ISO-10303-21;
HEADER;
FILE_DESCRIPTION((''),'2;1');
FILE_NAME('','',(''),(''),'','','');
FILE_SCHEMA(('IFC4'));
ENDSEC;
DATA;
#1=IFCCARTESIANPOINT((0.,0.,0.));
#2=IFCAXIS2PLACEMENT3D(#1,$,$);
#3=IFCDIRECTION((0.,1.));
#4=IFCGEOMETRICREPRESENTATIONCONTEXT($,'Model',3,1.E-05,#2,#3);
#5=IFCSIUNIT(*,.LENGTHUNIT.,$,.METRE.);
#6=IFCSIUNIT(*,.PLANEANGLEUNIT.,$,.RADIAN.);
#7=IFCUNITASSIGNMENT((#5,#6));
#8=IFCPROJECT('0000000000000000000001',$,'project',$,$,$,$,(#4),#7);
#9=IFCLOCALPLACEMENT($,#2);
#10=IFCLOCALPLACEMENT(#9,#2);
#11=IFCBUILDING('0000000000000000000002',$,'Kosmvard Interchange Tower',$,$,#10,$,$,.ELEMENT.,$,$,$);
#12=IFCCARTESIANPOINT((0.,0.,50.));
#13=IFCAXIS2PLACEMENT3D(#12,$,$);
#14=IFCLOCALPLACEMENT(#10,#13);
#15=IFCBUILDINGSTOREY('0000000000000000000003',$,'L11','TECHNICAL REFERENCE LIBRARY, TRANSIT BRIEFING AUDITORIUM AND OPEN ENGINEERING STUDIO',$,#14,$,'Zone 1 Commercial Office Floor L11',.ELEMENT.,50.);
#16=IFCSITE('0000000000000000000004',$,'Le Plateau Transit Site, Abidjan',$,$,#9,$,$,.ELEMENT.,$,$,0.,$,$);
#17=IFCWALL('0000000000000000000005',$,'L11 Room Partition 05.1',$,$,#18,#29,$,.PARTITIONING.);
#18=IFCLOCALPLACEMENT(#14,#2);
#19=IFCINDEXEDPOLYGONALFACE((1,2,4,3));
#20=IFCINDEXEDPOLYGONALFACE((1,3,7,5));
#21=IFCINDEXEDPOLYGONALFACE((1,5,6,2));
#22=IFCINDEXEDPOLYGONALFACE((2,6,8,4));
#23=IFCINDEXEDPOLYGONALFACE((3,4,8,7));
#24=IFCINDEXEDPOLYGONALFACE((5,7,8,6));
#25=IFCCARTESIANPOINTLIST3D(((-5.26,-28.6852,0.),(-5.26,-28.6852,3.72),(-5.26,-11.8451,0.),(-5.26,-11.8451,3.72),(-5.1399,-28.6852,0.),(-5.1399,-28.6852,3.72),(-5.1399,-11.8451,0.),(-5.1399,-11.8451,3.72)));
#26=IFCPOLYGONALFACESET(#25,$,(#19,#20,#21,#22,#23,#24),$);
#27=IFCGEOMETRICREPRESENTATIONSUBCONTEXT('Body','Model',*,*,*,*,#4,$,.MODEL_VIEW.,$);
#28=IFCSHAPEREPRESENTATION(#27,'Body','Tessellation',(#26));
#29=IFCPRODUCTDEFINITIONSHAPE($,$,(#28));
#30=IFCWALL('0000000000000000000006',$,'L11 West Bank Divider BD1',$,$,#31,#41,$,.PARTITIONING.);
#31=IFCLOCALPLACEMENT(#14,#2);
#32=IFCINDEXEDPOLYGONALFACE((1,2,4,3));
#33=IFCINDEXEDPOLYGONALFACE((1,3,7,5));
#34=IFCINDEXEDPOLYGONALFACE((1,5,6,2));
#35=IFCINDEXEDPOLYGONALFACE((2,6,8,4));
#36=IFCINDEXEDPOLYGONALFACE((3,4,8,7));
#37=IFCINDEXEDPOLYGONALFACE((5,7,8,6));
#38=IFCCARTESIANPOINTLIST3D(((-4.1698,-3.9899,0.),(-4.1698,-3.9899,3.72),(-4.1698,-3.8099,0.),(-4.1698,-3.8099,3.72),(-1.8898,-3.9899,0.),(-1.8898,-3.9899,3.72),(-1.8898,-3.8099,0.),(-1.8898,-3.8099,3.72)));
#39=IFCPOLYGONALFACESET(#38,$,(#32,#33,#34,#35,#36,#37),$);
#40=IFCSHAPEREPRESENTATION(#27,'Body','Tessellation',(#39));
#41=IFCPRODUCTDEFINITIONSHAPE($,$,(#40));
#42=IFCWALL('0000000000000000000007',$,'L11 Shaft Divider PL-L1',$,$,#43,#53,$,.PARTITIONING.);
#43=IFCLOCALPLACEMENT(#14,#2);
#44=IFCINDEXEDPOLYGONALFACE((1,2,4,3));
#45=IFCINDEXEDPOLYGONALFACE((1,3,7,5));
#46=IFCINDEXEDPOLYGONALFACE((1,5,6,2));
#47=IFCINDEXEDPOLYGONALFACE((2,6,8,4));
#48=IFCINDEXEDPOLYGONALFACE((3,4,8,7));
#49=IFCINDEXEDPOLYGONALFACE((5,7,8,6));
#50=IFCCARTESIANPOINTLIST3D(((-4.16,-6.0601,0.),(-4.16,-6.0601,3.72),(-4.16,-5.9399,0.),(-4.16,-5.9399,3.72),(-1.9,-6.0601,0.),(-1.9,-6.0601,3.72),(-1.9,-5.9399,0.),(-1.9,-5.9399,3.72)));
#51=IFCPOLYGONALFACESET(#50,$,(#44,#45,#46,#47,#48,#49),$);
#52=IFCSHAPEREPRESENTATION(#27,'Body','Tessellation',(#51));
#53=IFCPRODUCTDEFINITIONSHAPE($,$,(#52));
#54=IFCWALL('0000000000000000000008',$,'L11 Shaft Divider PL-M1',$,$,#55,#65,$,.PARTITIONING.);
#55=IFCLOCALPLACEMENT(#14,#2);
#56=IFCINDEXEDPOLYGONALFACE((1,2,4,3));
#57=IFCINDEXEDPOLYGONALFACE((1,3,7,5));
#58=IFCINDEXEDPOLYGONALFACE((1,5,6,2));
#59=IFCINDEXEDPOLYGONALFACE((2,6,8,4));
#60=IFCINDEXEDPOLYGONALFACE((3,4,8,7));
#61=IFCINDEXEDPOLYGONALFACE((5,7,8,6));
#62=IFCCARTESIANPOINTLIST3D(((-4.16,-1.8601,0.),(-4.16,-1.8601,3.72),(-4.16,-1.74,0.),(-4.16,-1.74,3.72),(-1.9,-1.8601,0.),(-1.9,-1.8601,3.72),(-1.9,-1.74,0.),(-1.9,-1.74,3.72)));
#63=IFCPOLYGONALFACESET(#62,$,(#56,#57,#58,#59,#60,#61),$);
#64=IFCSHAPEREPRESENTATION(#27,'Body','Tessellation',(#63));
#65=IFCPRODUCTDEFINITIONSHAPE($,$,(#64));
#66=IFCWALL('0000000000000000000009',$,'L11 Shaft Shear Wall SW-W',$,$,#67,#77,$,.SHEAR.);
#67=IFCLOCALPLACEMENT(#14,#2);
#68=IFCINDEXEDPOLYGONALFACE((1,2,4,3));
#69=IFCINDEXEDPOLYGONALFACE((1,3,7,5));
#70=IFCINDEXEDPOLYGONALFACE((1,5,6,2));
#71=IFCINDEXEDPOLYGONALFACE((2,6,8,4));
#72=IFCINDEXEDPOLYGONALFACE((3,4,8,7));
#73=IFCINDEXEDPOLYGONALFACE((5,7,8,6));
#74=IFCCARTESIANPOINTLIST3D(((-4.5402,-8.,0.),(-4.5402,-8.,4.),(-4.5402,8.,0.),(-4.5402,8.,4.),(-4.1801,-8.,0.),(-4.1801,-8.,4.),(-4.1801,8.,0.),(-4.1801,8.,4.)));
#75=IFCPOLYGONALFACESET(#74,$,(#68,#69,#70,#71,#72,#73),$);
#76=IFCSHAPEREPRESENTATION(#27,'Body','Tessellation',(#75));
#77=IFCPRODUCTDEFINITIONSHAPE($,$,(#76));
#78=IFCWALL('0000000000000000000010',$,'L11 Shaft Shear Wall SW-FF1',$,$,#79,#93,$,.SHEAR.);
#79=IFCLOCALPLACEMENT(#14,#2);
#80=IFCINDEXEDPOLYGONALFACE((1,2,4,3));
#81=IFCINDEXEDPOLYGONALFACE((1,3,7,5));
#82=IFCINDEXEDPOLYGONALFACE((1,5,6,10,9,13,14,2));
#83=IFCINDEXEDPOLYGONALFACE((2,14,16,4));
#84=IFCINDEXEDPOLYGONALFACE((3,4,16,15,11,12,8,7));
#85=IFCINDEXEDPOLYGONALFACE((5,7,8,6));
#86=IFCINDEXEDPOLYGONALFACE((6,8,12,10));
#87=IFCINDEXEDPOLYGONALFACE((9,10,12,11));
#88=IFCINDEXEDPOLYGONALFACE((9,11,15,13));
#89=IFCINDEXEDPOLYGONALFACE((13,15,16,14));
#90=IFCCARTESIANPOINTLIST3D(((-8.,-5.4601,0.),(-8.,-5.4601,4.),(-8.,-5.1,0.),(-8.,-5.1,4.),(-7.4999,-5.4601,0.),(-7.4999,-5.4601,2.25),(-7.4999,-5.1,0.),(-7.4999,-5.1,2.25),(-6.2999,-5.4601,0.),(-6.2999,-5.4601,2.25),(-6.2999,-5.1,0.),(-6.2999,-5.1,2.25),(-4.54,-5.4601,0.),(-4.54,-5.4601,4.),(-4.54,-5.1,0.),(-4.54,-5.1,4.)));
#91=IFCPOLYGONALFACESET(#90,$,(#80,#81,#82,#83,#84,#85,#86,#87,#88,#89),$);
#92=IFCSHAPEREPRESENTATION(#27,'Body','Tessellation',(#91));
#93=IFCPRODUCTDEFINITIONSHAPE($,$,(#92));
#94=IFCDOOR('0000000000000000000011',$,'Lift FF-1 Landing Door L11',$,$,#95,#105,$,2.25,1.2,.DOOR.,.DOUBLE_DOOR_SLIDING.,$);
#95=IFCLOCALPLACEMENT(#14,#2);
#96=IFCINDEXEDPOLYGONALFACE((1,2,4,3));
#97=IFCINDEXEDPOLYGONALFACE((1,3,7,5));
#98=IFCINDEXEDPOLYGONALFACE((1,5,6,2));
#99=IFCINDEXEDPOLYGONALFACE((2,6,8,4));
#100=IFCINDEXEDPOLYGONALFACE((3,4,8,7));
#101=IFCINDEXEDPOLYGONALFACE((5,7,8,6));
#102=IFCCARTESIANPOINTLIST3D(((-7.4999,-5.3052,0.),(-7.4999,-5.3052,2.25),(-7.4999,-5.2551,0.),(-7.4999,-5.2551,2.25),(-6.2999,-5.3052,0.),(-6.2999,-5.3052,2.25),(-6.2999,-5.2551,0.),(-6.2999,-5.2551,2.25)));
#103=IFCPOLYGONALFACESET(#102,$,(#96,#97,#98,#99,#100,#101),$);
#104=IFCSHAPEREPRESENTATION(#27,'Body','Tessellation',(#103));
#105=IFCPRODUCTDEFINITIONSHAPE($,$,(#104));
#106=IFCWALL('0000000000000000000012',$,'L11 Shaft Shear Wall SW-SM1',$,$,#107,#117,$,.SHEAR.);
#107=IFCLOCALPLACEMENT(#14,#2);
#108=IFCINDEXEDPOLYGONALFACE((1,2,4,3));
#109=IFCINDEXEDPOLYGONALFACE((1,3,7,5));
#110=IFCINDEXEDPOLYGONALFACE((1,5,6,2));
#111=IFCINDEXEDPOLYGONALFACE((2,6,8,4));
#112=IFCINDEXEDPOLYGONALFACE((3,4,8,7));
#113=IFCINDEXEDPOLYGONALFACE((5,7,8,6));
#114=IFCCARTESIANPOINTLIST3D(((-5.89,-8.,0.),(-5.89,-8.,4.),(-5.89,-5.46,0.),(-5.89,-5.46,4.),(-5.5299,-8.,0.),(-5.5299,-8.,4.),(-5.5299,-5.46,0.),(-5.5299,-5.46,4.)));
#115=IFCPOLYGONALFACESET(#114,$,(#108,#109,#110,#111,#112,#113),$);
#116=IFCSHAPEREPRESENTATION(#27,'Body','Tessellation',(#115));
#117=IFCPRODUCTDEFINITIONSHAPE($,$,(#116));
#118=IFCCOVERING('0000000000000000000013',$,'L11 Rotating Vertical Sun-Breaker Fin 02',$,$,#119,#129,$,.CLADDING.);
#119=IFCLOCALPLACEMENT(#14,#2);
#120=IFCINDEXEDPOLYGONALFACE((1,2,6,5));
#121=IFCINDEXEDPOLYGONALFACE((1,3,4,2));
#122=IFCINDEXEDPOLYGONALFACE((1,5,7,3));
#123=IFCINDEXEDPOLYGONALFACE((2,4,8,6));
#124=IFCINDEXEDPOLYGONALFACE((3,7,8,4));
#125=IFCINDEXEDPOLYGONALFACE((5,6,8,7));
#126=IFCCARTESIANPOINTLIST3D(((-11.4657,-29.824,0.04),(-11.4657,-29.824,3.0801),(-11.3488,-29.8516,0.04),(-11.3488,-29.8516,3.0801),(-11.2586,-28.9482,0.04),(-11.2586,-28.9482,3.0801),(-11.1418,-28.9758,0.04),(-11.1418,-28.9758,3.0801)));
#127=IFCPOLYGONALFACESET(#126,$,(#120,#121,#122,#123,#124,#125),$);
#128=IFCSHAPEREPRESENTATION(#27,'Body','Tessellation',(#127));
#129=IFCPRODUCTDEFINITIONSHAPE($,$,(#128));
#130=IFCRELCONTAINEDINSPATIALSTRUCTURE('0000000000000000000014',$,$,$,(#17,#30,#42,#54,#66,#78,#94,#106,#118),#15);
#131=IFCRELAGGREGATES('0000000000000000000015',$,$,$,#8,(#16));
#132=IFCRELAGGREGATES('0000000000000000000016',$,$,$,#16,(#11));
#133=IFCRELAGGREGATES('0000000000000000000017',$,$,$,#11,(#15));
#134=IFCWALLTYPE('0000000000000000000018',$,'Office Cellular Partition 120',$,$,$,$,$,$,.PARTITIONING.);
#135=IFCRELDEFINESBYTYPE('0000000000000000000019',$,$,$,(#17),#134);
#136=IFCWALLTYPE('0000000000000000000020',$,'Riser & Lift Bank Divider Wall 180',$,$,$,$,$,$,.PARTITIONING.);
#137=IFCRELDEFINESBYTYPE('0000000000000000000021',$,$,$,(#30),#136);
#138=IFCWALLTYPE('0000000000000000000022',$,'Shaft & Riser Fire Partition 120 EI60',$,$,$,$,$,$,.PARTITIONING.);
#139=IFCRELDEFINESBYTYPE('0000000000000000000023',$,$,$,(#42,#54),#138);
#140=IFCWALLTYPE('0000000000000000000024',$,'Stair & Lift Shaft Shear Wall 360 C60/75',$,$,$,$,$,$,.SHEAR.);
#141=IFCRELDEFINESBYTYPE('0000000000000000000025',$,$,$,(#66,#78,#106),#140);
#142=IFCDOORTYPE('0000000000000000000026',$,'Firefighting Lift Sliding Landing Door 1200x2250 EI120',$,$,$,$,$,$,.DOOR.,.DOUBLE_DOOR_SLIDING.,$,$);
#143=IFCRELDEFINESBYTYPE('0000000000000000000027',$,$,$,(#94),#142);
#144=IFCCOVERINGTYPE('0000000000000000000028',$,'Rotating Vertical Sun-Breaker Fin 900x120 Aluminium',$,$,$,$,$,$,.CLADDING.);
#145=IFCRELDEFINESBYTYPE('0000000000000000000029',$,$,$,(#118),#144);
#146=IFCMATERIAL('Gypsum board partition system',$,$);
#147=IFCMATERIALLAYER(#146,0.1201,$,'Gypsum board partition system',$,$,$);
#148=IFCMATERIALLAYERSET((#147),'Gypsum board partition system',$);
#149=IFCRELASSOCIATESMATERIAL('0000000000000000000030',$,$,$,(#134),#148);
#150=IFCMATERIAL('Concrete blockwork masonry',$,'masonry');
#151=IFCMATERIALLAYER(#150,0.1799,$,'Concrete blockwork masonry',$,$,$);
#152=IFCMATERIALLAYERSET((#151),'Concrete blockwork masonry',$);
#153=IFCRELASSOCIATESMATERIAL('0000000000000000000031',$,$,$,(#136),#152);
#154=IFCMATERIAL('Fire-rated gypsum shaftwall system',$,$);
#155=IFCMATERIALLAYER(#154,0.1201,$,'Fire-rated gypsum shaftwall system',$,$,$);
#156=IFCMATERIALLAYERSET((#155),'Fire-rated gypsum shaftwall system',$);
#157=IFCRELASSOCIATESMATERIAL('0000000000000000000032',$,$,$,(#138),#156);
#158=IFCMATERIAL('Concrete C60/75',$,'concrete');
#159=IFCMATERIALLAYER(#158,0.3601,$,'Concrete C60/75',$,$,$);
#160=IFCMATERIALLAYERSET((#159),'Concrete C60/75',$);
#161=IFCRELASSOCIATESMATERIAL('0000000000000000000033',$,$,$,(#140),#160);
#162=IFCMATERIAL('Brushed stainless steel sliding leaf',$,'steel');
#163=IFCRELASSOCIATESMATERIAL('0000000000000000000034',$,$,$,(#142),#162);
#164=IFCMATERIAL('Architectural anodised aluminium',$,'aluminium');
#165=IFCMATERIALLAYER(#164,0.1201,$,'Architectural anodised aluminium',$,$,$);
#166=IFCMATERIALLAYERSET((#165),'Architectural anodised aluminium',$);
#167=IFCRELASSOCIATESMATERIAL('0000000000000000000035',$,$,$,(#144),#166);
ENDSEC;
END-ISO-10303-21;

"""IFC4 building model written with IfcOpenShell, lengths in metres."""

from ifc_helpers import new_model, si_unit, direction, frame, frame_2d, origin, origin_2d, place, context, subcontext, project, spatial, rectangle, extrude, source, transform, mapped, material, layer, layer_set, type_object, element, fill, save


model = new_model("IFC4")

# Units and contexts
model_context = context("Model", 3, precision=1e-05, world=origin(), true_north=direction((0.0, 1.0)))
body_context = subcontext(model_context, "Body", "Model", "MODEL_VIEW")
ifc_project = project(units=[si_unit("LENGTHUNIT", "METRE"), si_unit("PLANEANGLEUNIT", "RADIAN")], contexts=[model_context])

# Site, building, storey
site_placement = place(None, origin())
site = spatial("IfcSite", under=ifc_project, at=site_placement, Name="Le Plateau Transit Site, Abidjan", CompositionType="ELEMENT", RefElevation=0.0)
building_placement = place(site_placement, origin())
building = spatial("IfcBuilding", under=site, at=building_placement, Name="Kosmvard Interchange Tower", CompositionType="ELEMENT")
storey_placement = place(building_placement, frame((0.0, 0.0, 50.0)))
storey = spatial("IfcBuildingStorey", under=building, at=storey_placement, Name="L11", Description="TECHNICAL REFERENCE LIBRARY, TRANSIT BRIEFING AUDITORIUM AND OPEN ENGINEERING STUDIO", LongName="Zone 1 Commercial Office Floor L11", CompositionType="ELEMENT", Elevation=50.0)

# Shared definitions
ifc_material_1 = material(Name="Concrete C60/75", Category="concrete")

# Shared definitions
ifc_material_2 = material(Name="Brushed stainless steel sliding leaf", Category="steel")

# Walls
ifc_material_3 = material(Name="Gypsum board partition system")
ifc_layer_1 = layer(ifc_material_3, 0.1201, Name="Gypsum board partition system")
ifc_layer_set_1 = layer_set([ifc_layer_1], Name="Gypsum board partition system")
wall_type_1 = type_object("IfcWallType", Name="Office Cellular Partition 120", PredefinedType="PARTITIONING", material=ifc_layer_set_1)
wall_1_placement = place(storey_placement, frame((-5.2, -28.6851, 0.0), z_axis=(0.0, 0.0, 1.0), x_axis=(0.0, 1.0, 0.0)))
element("IfcWall", 1, at=wall_1_placement, inside=storey, type_object=wall_type_1, Name="L11 Room Partition 05.1", PredefinedType="PARTITIONING", context=body_context, shape_type="SweptSolid", body=[
    extrude(rectangle(XDim=16.8401, YDim=0.1201, at=frame_2d((8.4199, 0.0))), origin(), (0.0, 0.0, 1.0), 3.72),
])
ifc_material_4 = material(Name="Concrete blockwork masonry", Category="masonry")
ifc_layer_2 = layer(ifc_material_4, 0.1799, Name="Concrete blockwork masonry")
ifc_layer_set_2 = layer_set([ifc_layer_2], Name="Concrete blockwork masonry")
wall_type_2 = type_object("IfcWallType", Name="Riser & Lift Bank Divider Wall 180", PredefinedType="PARTITIONING", material=ifc_layer_set_2)
wall_2_placement = place(storey_placement, frame((-4.1699, -3.8999, 0.0), z_axis=(0.0, 0.0, 1.0), x_axis=(1.0, 0.0, 0.0)))
element("IfcWall", 2, at=wall_2_placement, inside=storey, type_object=wall_type_2, Name="L11 West Bank Divider BD1", PredefinedType="PARTITIONING", context=body_context, shape_type="SweptSolid", body=[
    extrude(rectangle(XDim=2.28, YDim=0.1799, at=frame_2d((1.1401, 0.0))), origin(), (0.0, 0.0, 1.0), 3.72),
])
ifc_material_5 = material(Name="Fire-rated gypsum shaftwall system")
ifc_layer_3 = layer(ifc_material_5, 0.1201, Name="Fire-rated gypsum shaftwall system")
ifc_layer_set_3 = layer_set([ifc_layer_3], Name="Fire-rated gypsum shaftwall system")
wall_type_3 = type_object("IfcWallType", Name="Shaft & Riser Fire Partition 120 EI60", PredefinedType="PARTITIONING", material=ifc_layer_set_3)
for number, where, z_axis, x_axis, name in (
    (3, (-4.1599, -6.0, 0.0), (0.0, 0.0, 1.0), (1.0, 0.0, 0.0), "L11 Shaft Divider PL-L1"),
    (4, (-4.1599, -1.8, 0.0), (0.0, 0.0, 1.0), (1.0, 0.0, 0.0), "L11 Shaft Divider PL-M1"),
):
    element("IfcWall", number, at=place(storey_placement, frame(where, z_axis=z_axis, x_axis=x_axis)), inside=storey, type_object=wall_type_3, Name=name, PredefinedType="PARTITIONING", context=body_context, shape_type="SweptSolid", body=[
        extrude(rectangle(XDim=2.26, YDim=0.1201, at=frame_2d((1.1299, 0.0))), origin(), (0.0, 0.0, 1.0), 3.72),
    ])
ifc_layer_4 = layer(ifc_material_1, 0.3601, Name="Concrete C60/75")
ifc_layer_set_4 = layer_set([ifc_layer_4], Name="Concrete C60/75")
wall_type_4 = type_object("IfcWallType", Name="Stair & Lift Shaft Shear Wall 360 C60/75", PredefinedType="SHEAR", material=ifc_layer_set_4)
wall_3_placement = place(storey_placement, frame((-4.3601, -8.0, 0.0), z_axis=(0.0, 0.0, 1.0), x_axis=(0.0, 1.0, 0.0)))
element("IfcWall", 5, at=wall_3_placement, inside=storey, type_object=wall_type_4, Name="L11 Shaft Shear Wall SW-W", PredefinedType="SHEAR", context=body_context, shape_type="SweptSolid", body=[
    extrude(rectangle(XDim=16.0, YDim=0.3601, at=frame_2d((8.0, 0.0))), origin(), (0.0, 0.0, 1.0), 4.0),
])

# Wall, opening, door
wall_4_placement = place(storey_placement, frame((-8.0, -5.28, 0.0), z_axis=(0.0, 0.0, 1.0), x_axis=(1.0, 0.0, 0.0)))
wall_4 = element("IfcWall", 6, at=wall_4_placement, inside=storey, type_object=wall_type_4, Name="L11 Shaft Shear Wall SW-FF1", PredefinedType="SHEAR", context=body_context, shape_type="SweptSolid", body=[
    extrude(rectangle(XDim=3.46, YDim=0.3601, at=frame_2d((1.73, 0.0))), origin(), (0.0, 0.0, 1.0), 4.0),
])
opening_1_placement = place(wall_4_placement, frame((0.5, 0.0, 0.0)))
opening_1 = element("IfcOpeningElement", 7, at=opening_1_placement, cuts=wall_4, PredefinedType="OPENING", context=body_context, shape_type="SweptSolid", body=[
    extrude(rectangle(XDim=1.2, YDim=2.25, at=frame_2d((0.6001, 1.125))), frame((0.0, 0.1899, 0.0), z_axis=(0.0, -1.0, 0.0), x_axis=(1.0, 0.0, 0.0)), (0.0, 0.0, 1.0), 0.3801),
])
door_type_1 = type_object("IfcDoorType", Name="Firefighting Lift Sliding Landing Door 1200x2250 EI120", OperationType="DOUBLE_DOOR_SLIDING", PredefinedType="DOOR", material=ifc_material_2)
shared_shape_1 = source(origin(), body_context, "Body", "SweptSolid", [
    extrude(rectangle(XDim=1.2, YDim=2.25, at=frame_2d((0.6001, 1.125))), frame((0.0, 0.0249, 0.0), z_axis=(0.0, -1.0, 0.0), x_axis=(1.0, 0.0, 0.0)), (0.0, 0.0, 1.0), 0.05),
])
door_1_placement = place(opening_1_placement, origin())
door_1 = element("IfcDoor", 8, at=door_1_placement, inside=storey, type_object=door_type_1, Name="Lift FF-1 Landing Door L11", OperationType="DOUBLE_DOOR_SLIDING", OverallHeight=2.25, OverallWidth=1.2, PredefinedType="DOOR", context=body_context, shape_type="MappedRepresentation", body=[
    mapped(shared_shape_1, transform((0.0, 0.0, 0.0), scale=1.0)),
])
fill(opening_1, door_1)

# Wall
wall_5_placement = place(storey_placement, frame((-5.71, -8.0, 0.0), z_axis=(0.0, 0.0, 1.0), x_axis=(0.0, 1.0, 0.0)))
element("IfcWall", 9, at=wall_5_placement, inside=storey, type_object=wall_type_4, Name="L11 Shaft Shear Wall SW-SM1", PredefinedType="SHEAR", context=body_context, shape_type="SweptSolid", body=[
    extrude(rectangle(XDim=2.54, YDim=0.3601, at=frame_2d((1.27, 0.0))), origin(), (0.0, 0.0, 1.0), 4.0),
])

# Covering
ifc_material_6 = material(Name="Architectural anodised aluminium", Category="aluminium")
ifc_layer_5 = layer(ifc_material_6, 0.1201, Name="Architectural anodised aluminium")
ifc_layer_set_5 = layer_set([ifc_layer_5], Name="Architectural anodised aluminium")
covering_type = type_object("IfcCoveringType", Name="Rotating Vertical Sun-Breaker Fin 900x120 Aluminium", PredefinedType="CLADDING", material=ifc_layer_set_5)
shared_shape_2 = source(origin(), body_context, "Body", "SweptSolid", [
    extrude(rectangle(XDim=0.8999, YDim=0.1201, at=origin_2d()), origin(), (0.0, 0.0, 1.0), 3.04),
])
covering_placement = place(storey_placement, frame((-11.3037, -29.3999, 0.04), z_axis=(0.0, 0.0, 1.0), x_axis=(-0.23005, -0.973179, 0.0)))
element("IfcCovering", 10, at=covering_placement, inside=storey, type_object=covering_type, Name="L11 Rotating Vertical Sun-Breaker Fin 02", PredefinedType="CLADDING", context=body_context, shape_type="MappedRepresentation", body=[
    mapped(shared_shape_2, transform((0.0, 0.0, 0.0), scale=1.0)),
])

save(model, "model.ifc")
